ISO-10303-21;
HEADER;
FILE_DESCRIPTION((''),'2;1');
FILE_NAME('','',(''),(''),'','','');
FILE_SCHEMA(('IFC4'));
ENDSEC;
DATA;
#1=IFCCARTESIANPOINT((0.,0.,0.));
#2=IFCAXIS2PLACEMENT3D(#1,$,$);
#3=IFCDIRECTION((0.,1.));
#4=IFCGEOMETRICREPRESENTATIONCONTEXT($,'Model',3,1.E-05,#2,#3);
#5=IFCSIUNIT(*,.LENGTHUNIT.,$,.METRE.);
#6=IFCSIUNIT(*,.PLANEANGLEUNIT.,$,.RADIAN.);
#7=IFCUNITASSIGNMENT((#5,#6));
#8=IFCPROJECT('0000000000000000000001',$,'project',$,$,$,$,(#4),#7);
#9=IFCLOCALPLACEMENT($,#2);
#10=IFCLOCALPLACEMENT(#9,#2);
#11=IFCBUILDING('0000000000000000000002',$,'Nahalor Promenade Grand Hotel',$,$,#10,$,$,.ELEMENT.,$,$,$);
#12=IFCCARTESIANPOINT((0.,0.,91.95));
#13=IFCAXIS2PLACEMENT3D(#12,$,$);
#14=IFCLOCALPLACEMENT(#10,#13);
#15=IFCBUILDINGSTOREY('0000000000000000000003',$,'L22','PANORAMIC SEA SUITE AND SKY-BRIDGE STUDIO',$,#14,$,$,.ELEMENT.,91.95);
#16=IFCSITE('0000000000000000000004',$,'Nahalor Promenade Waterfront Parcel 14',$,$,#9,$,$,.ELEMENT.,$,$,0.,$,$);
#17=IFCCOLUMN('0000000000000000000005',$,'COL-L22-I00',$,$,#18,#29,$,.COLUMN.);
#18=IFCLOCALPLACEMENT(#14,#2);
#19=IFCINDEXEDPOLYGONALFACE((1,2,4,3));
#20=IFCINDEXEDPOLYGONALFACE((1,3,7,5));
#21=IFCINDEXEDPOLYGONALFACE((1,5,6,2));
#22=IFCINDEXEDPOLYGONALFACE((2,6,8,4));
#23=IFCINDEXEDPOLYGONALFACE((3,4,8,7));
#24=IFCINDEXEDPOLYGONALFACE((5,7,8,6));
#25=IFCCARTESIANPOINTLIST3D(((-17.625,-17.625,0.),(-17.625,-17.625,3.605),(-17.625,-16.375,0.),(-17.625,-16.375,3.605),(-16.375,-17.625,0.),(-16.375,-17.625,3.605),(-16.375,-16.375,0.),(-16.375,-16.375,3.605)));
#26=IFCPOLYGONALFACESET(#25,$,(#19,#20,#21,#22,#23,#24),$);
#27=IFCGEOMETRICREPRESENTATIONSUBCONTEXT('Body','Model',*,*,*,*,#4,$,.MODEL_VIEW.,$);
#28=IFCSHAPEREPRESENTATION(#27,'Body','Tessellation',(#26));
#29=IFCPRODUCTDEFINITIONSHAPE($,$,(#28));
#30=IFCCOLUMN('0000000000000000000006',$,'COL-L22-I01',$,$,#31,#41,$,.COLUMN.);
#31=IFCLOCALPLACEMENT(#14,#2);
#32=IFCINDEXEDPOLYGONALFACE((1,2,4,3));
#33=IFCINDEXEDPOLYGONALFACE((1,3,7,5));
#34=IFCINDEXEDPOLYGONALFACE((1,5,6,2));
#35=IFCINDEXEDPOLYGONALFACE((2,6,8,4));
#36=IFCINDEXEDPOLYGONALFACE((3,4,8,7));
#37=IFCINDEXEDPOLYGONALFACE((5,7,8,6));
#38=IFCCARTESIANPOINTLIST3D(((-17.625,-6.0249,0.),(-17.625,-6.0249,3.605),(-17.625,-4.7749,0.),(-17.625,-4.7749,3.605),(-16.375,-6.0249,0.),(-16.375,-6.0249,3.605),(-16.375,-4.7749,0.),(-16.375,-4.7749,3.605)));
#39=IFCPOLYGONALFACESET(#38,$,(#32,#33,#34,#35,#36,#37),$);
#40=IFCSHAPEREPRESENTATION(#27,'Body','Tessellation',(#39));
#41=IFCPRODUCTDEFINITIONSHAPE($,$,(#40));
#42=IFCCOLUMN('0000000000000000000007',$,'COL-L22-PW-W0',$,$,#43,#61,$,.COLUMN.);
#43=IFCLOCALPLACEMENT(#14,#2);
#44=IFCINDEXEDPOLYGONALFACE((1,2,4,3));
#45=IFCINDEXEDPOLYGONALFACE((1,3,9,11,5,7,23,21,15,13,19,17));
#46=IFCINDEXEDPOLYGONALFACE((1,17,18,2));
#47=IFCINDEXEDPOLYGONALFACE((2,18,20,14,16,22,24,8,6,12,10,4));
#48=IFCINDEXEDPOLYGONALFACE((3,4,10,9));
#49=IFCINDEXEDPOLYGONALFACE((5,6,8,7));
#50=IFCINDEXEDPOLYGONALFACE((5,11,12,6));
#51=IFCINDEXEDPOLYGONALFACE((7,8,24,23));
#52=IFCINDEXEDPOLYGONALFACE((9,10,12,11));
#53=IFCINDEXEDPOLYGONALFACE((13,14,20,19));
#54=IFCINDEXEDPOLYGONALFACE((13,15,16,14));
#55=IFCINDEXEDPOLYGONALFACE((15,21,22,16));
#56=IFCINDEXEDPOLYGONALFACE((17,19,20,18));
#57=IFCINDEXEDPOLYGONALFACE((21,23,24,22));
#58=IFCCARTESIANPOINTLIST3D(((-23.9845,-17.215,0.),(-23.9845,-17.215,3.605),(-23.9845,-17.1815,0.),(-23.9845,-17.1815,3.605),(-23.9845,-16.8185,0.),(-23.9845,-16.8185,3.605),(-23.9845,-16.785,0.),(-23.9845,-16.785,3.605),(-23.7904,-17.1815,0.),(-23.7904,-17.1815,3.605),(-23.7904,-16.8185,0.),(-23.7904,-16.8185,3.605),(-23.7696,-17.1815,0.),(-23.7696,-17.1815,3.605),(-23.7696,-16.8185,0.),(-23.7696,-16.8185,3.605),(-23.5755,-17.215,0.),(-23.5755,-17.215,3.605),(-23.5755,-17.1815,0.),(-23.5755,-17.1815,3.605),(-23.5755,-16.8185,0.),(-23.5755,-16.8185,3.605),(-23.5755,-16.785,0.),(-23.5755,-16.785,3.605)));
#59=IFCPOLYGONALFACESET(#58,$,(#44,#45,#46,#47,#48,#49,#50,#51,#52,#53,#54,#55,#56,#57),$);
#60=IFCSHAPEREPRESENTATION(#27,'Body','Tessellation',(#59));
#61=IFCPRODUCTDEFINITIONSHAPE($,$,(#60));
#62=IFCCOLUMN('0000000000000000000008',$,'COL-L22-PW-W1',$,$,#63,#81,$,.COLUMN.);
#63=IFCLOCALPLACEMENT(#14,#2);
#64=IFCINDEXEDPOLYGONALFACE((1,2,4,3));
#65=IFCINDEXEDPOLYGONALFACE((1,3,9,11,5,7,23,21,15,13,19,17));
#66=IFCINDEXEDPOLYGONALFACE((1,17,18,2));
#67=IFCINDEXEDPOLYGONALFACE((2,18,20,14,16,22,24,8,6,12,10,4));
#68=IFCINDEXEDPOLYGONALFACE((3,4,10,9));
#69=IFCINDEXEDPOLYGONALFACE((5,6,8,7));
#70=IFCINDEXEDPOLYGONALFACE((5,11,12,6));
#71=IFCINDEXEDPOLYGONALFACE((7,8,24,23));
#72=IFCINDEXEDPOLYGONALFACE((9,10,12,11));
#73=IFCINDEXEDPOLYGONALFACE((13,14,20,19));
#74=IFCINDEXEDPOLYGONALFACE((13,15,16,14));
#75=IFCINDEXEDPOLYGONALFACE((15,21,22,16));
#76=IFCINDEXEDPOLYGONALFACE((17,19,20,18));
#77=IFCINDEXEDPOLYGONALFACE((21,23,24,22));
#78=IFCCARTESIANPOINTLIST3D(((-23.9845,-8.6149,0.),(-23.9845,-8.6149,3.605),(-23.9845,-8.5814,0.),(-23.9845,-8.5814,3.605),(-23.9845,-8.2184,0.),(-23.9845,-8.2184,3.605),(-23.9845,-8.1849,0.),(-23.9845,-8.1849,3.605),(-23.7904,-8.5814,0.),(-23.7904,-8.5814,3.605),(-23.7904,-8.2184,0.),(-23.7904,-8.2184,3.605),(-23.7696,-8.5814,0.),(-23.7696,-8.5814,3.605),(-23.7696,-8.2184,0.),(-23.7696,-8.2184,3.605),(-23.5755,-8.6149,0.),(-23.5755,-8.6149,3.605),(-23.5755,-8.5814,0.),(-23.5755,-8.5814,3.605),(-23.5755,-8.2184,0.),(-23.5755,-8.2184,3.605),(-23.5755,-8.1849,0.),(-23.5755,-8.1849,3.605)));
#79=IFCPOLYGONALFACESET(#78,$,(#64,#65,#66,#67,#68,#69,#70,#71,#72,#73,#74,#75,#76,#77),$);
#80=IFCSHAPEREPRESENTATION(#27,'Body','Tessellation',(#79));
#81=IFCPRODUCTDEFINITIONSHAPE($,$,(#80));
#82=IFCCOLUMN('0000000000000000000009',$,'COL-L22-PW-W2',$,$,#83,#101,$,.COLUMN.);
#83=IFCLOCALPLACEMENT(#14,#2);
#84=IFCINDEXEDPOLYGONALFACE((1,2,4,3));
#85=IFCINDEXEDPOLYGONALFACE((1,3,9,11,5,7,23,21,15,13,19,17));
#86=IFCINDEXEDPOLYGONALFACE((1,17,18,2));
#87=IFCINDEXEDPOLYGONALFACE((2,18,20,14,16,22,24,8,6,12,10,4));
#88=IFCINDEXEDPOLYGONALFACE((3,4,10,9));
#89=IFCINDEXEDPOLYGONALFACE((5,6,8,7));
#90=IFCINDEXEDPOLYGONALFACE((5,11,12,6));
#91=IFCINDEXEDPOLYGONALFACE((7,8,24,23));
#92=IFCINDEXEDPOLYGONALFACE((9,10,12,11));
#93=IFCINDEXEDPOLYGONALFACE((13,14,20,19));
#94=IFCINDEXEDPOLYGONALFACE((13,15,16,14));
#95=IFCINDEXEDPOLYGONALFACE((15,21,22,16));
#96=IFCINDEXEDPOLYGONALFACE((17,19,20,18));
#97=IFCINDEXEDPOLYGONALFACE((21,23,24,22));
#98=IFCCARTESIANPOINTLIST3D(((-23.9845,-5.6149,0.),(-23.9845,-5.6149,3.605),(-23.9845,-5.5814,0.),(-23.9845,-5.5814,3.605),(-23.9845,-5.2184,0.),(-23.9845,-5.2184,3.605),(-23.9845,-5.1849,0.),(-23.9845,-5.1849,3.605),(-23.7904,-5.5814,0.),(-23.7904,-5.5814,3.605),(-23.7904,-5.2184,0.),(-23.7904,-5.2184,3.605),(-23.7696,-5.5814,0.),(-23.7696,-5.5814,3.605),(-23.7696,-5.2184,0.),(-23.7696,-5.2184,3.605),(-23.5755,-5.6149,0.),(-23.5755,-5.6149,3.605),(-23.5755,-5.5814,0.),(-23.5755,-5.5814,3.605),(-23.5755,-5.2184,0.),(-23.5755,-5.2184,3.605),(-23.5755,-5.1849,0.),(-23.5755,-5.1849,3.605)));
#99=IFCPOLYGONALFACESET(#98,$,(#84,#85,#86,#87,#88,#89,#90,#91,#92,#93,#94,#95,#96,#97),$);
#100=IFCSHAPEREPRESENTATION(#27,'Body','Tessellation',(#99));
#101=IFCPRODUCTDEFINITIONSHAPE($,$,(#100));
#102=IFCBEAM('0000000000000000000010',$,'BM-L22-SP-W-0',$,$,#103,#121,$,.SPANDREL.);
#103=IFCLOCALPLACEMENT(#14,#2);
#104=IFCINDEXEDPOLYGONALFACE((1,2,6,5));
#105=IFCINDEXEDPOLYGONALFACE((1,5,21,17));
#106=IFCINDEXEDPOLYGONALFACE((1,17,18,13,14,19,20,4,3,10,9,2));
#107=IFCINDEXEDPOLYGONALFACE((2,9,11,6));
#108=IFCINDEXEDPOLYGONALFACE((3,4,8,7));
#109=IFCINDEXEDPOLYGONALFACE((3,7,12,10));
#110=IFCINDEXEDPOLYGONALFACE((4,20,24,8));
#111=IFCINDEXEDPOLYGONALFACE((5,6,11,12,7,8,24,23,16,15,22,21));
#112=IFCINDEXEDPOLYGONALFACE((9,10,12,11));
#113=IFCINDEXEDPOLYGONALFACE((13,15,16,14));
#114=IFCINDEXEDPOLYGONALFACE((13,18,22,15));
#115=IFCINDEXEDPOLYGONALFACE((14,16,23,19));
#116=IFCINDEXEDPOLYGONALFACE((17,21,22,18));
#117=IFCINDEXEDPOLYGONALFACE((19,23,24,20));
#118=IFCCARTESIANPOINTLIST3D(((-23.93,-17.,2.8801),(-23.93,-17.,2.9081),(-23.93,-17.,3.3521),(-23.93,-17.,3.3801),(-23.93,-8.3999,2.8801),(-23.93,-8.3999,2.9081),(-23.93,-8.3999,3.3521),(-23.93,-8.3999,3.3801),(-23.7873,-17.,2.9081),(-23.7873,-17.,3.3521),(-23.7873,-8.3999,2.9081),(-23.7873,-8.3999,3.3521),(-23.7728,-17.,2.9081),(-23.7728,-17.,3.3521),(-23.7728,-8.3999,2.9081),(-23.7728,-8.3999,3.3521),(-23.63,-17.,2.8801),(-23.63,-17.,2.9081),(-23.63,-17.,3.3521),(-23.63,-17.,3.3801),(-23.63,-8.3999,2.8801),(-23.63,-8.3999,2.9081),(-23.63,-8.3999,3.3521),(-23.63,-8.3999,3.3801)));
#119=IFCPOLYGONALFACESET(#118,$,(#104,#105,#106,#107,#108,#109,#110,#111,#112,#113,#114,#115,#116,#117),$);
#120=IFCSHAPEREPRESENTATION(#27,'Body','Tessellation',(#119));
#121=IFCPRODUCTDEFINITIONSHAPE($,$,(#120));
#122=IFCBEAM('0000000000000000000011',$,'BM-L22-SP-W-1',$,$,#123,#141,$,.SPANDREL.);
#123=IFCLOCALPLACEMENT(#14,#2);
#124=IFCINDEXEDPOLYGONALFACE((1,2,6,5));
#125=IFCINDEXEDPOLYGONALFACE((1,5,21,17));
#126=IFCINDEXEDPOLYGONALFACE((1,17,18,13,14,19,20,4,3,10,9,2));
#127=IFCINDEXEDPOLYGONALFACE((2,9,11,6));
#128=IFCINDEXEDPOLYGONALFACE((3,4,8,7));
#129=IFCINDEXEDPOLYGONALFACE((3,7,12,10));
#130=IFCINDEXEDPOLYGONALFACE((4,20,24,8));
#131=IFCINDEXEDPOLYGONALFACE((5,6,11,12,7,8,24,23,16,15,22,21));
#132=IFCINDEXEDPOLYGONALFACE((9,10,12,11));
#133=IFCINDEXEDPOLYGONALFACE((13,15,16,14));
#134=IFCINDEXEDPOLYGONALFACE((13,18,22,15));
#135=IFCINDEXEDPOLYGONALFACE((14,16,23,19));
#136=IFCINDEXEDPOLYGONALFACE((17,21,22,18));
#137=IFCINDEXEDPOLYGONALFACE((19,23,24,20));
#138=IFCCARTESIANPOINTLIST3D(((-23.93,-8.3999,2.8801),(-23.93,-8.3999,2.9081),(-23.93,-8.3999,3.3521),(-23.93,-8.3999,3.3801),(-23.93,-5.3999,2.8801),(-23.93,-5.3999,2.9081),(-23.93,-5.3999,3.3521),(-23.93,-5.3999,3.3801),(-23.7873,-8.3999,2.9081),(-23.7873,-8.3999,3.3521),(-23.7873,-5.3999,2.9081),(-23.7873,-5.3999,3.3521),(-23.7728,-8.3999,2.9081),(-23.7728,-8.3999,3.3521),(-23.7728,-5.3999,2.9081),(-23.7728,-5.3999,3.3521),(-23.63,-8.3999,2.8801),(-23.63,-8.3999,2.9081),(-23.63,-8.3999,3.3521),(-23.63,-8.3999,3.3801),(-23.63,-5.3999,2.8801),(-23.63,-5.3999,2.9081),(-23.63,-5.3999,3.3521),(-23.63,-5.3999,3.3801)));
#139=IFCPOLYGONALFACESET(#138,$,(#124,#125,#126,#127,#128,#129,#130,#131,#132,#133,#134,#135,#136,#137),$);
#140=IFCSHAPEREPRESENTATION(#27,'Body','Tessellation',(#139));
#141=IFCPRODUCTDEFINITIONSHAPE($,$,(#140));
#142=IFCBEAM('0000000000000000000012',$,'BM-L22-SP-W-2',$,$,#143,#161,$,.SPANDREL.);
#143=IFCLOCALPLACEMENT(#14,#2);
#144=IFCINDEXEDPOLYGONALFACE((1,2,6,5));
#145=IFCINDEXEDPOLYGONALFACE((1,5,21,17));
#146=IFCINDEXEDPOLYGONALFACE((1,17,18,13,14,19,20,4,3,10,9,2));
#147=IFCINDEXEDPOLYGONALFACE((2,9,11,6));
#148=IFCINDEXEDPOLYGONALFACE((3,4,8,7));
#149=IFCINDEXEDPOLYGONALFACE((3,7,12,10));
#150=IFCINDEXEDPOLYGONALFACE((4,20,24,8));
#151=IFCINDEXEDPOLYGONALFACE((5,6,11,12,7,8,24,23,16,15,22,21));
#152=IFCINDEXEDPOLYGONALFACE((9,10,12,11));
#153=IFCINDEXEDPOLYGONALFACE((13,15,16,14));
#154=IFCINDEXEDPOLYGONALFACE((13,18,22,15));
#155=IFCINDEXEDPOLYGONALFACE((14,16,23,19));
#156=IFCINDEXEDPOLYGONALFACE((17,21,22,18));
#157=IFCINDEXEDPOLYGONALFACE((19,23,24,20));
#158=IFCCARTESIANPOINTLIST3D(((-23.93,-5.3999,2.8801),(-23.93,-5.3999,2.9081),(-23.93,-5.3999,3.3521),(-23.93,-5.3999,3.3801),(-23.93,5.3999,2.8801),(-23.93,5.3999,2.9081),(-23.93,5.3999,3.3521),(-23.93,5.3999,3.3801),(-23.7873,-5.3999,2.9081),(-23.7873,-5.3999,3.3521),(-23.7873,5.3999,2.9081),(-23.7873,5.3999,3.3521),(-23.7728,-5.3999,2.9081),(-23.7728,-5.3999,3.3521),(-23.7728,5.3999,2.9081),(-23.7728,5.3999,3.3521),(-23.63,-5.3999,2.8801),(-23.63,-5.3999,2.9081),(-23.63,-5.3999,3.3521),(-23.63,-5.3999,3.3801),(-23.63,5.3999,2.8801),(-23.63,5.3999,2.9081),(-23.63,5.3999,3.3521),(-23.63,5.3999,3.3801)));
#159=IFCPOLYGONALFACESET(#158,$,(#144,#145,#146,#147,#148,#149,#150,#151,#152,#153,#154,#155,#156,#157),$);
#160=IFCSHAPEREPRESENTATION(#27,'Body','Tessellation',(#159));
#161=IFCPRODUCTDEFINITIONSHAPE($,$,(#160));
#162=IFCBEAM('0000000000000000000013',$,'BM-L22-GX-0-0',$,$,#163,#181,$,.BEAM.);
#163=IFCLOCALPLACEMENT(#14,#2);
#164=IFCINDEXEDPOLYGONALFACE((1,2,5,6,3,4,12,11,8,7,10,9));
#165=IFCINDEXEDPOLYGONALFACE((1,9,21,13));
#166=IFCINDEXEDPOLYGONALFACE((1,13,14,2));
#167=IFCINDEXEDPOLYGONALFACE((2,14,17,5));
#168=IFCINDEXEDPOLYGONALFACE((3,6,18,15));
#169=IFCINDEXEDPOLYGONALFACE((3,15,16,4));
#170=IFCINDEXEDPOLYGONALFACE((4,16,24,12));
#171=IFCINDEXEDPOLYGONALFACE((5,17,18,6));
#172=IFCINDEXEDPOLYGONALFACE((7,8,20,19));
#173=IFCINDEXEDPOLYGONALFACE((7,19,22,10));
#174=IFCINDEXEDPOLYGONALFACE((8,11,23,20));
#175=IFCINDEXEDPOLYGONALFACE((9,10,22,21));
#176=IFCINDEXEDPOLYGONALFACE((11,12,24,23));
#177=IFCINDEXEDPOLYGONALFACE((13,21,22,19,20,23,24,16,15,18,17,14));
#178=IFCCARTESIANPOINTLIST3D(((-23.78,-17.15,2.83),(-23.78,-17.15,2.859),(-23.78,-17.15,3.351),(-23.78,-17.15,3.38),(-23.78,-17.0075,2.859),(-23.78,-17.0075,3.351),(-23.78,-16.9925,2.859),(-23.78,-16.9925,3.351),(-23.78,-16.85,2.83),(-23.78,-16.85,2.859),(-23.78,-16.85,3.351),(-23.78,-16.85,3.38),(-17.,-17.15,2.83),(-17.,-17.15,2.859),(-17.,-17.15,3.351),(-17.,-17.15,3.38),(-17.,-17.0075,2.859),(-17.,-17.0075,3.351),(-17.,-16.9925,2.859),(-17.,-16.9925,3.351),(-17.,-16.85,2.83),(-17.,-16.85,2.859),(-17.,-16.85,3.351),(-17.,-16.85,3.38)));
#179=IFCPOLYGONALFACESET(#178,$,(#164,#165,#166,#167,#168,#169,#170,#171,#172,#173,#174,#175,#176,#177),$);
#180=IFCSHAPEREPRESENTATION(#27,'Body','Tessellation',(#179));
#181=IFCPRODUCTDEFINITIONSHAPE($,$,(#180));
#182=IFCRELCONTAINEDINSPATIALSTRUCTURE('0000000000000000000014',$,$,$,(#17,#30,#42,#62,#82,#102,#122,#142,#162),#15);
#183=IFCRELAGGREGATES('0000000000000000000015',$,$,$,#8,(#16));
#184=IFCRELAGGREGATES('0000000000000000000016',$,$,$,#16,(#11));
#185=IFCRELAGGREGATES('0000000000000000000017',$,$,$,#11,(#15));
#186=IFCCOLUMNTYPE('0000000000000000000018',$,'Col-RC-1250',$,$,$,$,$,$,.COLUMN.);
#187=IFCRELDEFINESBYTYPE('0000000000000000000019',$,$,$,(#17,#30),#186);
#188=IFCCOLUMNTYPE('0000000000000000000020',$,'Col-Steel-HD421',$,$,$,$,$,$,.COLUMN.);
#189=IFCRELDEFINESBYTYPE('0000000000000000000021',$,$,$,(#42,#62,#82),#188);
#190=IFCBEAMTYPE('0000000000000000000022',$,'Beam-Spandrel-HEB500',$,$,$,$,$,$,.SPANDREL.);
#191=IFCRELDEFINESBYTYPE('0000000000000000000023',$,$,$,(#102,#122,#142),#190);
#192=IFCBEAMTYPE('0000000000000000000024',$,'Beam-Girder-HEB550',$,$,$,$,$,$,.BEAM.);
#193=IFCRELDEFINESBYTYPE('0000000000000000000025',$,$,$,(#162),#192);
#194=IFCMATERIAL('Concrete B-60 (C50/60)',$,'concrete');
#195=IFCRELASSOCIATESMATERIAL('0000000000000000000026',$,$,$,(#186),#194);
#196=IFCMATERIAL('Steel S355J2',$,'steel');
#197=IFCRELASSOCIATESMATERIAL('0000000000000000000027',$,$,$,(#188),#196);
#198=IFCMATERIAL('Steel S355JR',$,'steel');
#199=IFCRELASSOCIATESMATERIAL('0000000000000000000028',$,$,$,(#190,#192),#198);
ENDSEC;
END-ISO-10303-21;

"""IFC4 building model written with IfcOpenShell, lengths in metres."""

from ifc_helpers import new_model, si_unit, direction, frame, origin, origin_2d, place, context, subcontext, project, spatial, rectangle, i_section, extrude, source, transform, mapped, material, material_profile, profile_set, type_object, element, save


model = new_model("IFC4")

# Units and contexts
model_context = context("Model", 3, precision=1e-05, world=origin(), true_north=direction((0.0, 1.0)))
body_context = subcontext(model_context, "Body", "Model", "MODEL_VIEW")
ifc_project = project(units=[si_unit("LENGTHUNIT", "METRE"), si_unit("PLANEANGLEUNIT", "RADIAN")], contexts=[model_context])

# Site, building, storey
site_placement = place(None, origin())
site = spatial("IfcSite", under=ifc_project, at=site_placement, Name="Nahalor Promenade Waterfront Parcel 14", CompositionType="ELEMENT", RefElevation=0.0)
building_placement = place(site_placement, origin())
building = spatial("IfcBuilding", under=site, at=building_placement, Name="Nahalor Promenade Grand Hotel", CompositionType="ELEMENT")
storey_placement = place(building_placement, frame((0.0, 0.0, 91.95)))
storey = spatial("IfcBuildingStorey", under=building, at=storey_placement, Name="L22", Description="PANORAMIC SEA SUITE AND SKY-BRIDGE STUDIO", CompositionType="ELEMENT", Elevation=91.95)

# Columns
ifc_material_1 = material(Name="Concrete B-60 (C50/60)", Category="concrete")
ifc_material_profile_1 = material_profile(ifc_material_1, rectangle(XDim=1.25, YDim=1.25, at=origin_2d()), Name="RC 1250x1250")
ifc_profile_set_1 = profile_set([ifc_material_profile_1], Name="Concrete B-60 (C50/60)")
column_type_1 = type_object("IfcColumnType", Name="Col-RC-1250", PredefinedType="COLUMN", material=ifc_profile_set_1)
shared_shape_1 = source(origin(), body_context, "Body", "SweptSolid", [
    extrude(rectangle(XDim=1.25, YDim=1.25, at=origin_2d()), origin(), (0.0, 0.0, 1.0), 3.605),
])
for number, where, z_axis, x_axis, name in (
    (1, (-17.0, -17.0, 0.0), (0.0, 0.0, 1.0), (1.0, 0.0, 0.0), "COL-L22-I00"),
    (2, (-17.0, -5.3999, 0.0), (0.0, 0.0, 1.0), (1.0, 0.0, 0.0), "COL-L22-I01"),
):
    element("IfcColumn", number, at=place(storey_placement, frame(where, z_axis=z_axis, x_axis=x_axis)), inside=storey, type_object=column_type_1, Name=name, PredefinedType="COLUMN", context=body_context, shape_type="MappedRepresentation", body=[
        mapped(shared_shape_1, transform((0.0, 0.0, 0.0), scale=1.0)),
    ])
ifc_material_2 = material(Name="Steel S355J2", Category="steel")
ifc_material_profile_2 = material_profile(ifc_material_2, i_section(OverallWidth=0.409, OverallDepth=0.43, WebThickness=0.0208, FlangeThickness=0.0335, at=origin_2d()), Name="HD 400x421")
ifc_profile_set_2 = profile_set([ifc_material_profile_2], Name="Steel S355J2")
column_type_2 = type_object("IfcColumnType", Name="Col-Steel-HD421", PredefinedType="COLUMN", material=ifc_profile_set_2)
shared_shape_2 = source(origin(), body_context, "Body", "SweptSolid", [
    extrude(i_section(OverallWidth=0.409, OverallDepth=0.43, WebThickness=0.0208, FlangeThickness=0.0335, at=origin_2d()), origin(), (0.0, 0.0, 1.0), 3.605),
])
for number, where, z_axis, x_axis, name in (
    (3, (-23.78, -17.0, 0.0), (0.0, 0.0, 1.0), (1.0, 0.0, 0.0), "COL-L22-PW-W0"),
    (4, (-23.78, -8.3999, 0.0), (0.0, 0.0, 1.0), (1.0, 0.0, 0.0), "COL-L22-PW-W1"),
    (5, (-23.78, -5.3999, 0.0), (0.0, 0.0, 1.0), (1.0, 0.0, 0.0), "COL-L22-PW-W2"),
):
    element("IfcColumn", number, at=place(storey_placement, frame(where, z_axis=z_axis, x_axis=x_axis)), inside=storey, type_object=column_type_2, Name=name, PredefinedType="COLUMN", context=body_context, shape_type="MappedRepresentation", body=[
        mapped(shared_shape_2, transform((0.0, 0.0, 0.0), scale=1.0)),
    ])

# Beams
ifc_material_3 = material(Name="Steel S355JR", Category="steel")
ifc_material_profile_3 = material_profile(ifc_material_3, i_section(OverallWidth=0.3, OverallDepth=0.5, WebThickness=0.0145, FlangeThickness=0.028, at=origin_2d()), Name="HEB 500")
ifc_profile_set_3 = profile_set([ifc_material_profile_3], Name="Steel S355JR")
beam_type_1 = type_object("IfcBeamType", Name="Beam-Spandrel-HEB500", PredefinedType="SPANDREL", material=ifc_profile_set_3)
shared_shape_3 = source(origin(), body_context, "Body", "SweptSolid", [
    extrude(i_section(OverallWidth=0.3, OverallDepth=0.5, WebThickness=0.0145, FlangeThickness=0.028, at=origin_2d()), origin(), (0.0, 0.0, 1.0), 8.6001),
])
beam_1_placement = place(storey_placement, frame((-23.78, -17.0, 3.1301), z_axis=(0.0, 1.0, 0.0), x_axis=(-1.0, 0.0, 0.0)))
element("IfcBeam", 6, at=beam_1_placement, inside=storey, type_object=beam_type_1, Name="BM-L22-SP-W-0", PredefinedType="SPANDREL", context=body_context, shape_type="MappedRepresentation", body=[
    mapped(shared_shape_3, transform((0.0, 0.0, 0.0), scale=1.0)),
])
shared_shape_4 = source(origin(), body_context, "Body", "SweptSolid", [
    extrude(i_section(OverallWidth=0.3, OverallDepth=0.5, WebThickness=0.0145, FlangeThickness=0.028, at=origin_2d()), origin(), (0.0, 0.0, 1.0), 3.0),
])
beam_2_placement = place(storey_placement, frame((-23.78, -8.3999, 3.1301), z_axis=(0.0, 1.0, 0.0), x_axis=(-1.0, 0.0, 0.0)))
element("IfcBeam", 7, at=beam_2_placement, inside=storey, type_object=beam_type_1, Name="BM-L22-SP-W-1", PredefinedType="SPANDREL", context=body_context, shape_type="MappedRepresentation", body=[
    mapped(shared_shape_4, transform((0.0, 0.0, 0.0), scale=1.0)),
])
shared_shape_5 = source(origin(), body_context, "Body", "SweptSolid", [
    extrude(i_section(OverallWidth=0.3, OverallDepth=0.5, WebThickness=0.0145, FlangeThickness=0.028, at=origin_2d()), origin(), (0.0, 0.0, 1.0), 10.7998),
])
beam_3_placement = place(storey_placement, frame((-23.78, -5.3999, 3.1301), z_axis=(0.0, 1.0, 0.0), x_axis=(-1.0, 0.0, 0.0)))
element("IfcBeam", 8, at=beam_3_placement, inside=storey, type_object=beam_type_1, Name="BM-L22-SP-W-2", PredefinedType="SPANDREL", context=body_context, shape_type="MappedRepresentation", body=[
    mapped(shared_shape_5, transform((0.0, 0.0, 0.0), scale=1.0)),
])
ifc_material_profile_4 = material_profile(ifc_material_3, i_section(OverallWidth=0.3, OverallDepth=0.55, WebThickness=0.015, FlangeThickness=0.029, at=origin_2d()), Name="HEB 550")
ifc_profile_set_4 = profile_set([ifc_material_profile_4], Name="Steel S355JR")
beam_type_2 = type_object("IfcBeamType", Name="Beam-Girder-HEB550", PredefinedType="BEAM", material=ifc_profile_set_4)
shared_shape_6 = source(origin(), body_context, "Body", "SweptSolid", [
    extrude(i_section(OverallWidth=0.3, OverallDepth=0.55, WebThickness=0.015, FlangeThickness=0.029, at=origin_2d()), origin(), (0.0, 0.0, 1.0), 6.78),
])
for number, where, z_axis, x_axis, name in (
    (9, (-23.78, -17.0, 3.105), (1.0, 0.0, 0.0), (0.0, 1.0, 0.0), "BM-L22-GX-0-0"),
):
    element("IfcBeam", number, at=place(storey_placement, frame(where, z_axis=z_axis, x_axis=x_axis)), inside=storey, type_object=beam_type_2, Name=name, PredefinedType="BEAM", context=body_context, shape_type="MappedRepresentation", body=[
        mapped(shared_shape_6, transform((0.0, 0.0, 0.0), scale=1.0)),
    ])

save(model, "model.ifc")
